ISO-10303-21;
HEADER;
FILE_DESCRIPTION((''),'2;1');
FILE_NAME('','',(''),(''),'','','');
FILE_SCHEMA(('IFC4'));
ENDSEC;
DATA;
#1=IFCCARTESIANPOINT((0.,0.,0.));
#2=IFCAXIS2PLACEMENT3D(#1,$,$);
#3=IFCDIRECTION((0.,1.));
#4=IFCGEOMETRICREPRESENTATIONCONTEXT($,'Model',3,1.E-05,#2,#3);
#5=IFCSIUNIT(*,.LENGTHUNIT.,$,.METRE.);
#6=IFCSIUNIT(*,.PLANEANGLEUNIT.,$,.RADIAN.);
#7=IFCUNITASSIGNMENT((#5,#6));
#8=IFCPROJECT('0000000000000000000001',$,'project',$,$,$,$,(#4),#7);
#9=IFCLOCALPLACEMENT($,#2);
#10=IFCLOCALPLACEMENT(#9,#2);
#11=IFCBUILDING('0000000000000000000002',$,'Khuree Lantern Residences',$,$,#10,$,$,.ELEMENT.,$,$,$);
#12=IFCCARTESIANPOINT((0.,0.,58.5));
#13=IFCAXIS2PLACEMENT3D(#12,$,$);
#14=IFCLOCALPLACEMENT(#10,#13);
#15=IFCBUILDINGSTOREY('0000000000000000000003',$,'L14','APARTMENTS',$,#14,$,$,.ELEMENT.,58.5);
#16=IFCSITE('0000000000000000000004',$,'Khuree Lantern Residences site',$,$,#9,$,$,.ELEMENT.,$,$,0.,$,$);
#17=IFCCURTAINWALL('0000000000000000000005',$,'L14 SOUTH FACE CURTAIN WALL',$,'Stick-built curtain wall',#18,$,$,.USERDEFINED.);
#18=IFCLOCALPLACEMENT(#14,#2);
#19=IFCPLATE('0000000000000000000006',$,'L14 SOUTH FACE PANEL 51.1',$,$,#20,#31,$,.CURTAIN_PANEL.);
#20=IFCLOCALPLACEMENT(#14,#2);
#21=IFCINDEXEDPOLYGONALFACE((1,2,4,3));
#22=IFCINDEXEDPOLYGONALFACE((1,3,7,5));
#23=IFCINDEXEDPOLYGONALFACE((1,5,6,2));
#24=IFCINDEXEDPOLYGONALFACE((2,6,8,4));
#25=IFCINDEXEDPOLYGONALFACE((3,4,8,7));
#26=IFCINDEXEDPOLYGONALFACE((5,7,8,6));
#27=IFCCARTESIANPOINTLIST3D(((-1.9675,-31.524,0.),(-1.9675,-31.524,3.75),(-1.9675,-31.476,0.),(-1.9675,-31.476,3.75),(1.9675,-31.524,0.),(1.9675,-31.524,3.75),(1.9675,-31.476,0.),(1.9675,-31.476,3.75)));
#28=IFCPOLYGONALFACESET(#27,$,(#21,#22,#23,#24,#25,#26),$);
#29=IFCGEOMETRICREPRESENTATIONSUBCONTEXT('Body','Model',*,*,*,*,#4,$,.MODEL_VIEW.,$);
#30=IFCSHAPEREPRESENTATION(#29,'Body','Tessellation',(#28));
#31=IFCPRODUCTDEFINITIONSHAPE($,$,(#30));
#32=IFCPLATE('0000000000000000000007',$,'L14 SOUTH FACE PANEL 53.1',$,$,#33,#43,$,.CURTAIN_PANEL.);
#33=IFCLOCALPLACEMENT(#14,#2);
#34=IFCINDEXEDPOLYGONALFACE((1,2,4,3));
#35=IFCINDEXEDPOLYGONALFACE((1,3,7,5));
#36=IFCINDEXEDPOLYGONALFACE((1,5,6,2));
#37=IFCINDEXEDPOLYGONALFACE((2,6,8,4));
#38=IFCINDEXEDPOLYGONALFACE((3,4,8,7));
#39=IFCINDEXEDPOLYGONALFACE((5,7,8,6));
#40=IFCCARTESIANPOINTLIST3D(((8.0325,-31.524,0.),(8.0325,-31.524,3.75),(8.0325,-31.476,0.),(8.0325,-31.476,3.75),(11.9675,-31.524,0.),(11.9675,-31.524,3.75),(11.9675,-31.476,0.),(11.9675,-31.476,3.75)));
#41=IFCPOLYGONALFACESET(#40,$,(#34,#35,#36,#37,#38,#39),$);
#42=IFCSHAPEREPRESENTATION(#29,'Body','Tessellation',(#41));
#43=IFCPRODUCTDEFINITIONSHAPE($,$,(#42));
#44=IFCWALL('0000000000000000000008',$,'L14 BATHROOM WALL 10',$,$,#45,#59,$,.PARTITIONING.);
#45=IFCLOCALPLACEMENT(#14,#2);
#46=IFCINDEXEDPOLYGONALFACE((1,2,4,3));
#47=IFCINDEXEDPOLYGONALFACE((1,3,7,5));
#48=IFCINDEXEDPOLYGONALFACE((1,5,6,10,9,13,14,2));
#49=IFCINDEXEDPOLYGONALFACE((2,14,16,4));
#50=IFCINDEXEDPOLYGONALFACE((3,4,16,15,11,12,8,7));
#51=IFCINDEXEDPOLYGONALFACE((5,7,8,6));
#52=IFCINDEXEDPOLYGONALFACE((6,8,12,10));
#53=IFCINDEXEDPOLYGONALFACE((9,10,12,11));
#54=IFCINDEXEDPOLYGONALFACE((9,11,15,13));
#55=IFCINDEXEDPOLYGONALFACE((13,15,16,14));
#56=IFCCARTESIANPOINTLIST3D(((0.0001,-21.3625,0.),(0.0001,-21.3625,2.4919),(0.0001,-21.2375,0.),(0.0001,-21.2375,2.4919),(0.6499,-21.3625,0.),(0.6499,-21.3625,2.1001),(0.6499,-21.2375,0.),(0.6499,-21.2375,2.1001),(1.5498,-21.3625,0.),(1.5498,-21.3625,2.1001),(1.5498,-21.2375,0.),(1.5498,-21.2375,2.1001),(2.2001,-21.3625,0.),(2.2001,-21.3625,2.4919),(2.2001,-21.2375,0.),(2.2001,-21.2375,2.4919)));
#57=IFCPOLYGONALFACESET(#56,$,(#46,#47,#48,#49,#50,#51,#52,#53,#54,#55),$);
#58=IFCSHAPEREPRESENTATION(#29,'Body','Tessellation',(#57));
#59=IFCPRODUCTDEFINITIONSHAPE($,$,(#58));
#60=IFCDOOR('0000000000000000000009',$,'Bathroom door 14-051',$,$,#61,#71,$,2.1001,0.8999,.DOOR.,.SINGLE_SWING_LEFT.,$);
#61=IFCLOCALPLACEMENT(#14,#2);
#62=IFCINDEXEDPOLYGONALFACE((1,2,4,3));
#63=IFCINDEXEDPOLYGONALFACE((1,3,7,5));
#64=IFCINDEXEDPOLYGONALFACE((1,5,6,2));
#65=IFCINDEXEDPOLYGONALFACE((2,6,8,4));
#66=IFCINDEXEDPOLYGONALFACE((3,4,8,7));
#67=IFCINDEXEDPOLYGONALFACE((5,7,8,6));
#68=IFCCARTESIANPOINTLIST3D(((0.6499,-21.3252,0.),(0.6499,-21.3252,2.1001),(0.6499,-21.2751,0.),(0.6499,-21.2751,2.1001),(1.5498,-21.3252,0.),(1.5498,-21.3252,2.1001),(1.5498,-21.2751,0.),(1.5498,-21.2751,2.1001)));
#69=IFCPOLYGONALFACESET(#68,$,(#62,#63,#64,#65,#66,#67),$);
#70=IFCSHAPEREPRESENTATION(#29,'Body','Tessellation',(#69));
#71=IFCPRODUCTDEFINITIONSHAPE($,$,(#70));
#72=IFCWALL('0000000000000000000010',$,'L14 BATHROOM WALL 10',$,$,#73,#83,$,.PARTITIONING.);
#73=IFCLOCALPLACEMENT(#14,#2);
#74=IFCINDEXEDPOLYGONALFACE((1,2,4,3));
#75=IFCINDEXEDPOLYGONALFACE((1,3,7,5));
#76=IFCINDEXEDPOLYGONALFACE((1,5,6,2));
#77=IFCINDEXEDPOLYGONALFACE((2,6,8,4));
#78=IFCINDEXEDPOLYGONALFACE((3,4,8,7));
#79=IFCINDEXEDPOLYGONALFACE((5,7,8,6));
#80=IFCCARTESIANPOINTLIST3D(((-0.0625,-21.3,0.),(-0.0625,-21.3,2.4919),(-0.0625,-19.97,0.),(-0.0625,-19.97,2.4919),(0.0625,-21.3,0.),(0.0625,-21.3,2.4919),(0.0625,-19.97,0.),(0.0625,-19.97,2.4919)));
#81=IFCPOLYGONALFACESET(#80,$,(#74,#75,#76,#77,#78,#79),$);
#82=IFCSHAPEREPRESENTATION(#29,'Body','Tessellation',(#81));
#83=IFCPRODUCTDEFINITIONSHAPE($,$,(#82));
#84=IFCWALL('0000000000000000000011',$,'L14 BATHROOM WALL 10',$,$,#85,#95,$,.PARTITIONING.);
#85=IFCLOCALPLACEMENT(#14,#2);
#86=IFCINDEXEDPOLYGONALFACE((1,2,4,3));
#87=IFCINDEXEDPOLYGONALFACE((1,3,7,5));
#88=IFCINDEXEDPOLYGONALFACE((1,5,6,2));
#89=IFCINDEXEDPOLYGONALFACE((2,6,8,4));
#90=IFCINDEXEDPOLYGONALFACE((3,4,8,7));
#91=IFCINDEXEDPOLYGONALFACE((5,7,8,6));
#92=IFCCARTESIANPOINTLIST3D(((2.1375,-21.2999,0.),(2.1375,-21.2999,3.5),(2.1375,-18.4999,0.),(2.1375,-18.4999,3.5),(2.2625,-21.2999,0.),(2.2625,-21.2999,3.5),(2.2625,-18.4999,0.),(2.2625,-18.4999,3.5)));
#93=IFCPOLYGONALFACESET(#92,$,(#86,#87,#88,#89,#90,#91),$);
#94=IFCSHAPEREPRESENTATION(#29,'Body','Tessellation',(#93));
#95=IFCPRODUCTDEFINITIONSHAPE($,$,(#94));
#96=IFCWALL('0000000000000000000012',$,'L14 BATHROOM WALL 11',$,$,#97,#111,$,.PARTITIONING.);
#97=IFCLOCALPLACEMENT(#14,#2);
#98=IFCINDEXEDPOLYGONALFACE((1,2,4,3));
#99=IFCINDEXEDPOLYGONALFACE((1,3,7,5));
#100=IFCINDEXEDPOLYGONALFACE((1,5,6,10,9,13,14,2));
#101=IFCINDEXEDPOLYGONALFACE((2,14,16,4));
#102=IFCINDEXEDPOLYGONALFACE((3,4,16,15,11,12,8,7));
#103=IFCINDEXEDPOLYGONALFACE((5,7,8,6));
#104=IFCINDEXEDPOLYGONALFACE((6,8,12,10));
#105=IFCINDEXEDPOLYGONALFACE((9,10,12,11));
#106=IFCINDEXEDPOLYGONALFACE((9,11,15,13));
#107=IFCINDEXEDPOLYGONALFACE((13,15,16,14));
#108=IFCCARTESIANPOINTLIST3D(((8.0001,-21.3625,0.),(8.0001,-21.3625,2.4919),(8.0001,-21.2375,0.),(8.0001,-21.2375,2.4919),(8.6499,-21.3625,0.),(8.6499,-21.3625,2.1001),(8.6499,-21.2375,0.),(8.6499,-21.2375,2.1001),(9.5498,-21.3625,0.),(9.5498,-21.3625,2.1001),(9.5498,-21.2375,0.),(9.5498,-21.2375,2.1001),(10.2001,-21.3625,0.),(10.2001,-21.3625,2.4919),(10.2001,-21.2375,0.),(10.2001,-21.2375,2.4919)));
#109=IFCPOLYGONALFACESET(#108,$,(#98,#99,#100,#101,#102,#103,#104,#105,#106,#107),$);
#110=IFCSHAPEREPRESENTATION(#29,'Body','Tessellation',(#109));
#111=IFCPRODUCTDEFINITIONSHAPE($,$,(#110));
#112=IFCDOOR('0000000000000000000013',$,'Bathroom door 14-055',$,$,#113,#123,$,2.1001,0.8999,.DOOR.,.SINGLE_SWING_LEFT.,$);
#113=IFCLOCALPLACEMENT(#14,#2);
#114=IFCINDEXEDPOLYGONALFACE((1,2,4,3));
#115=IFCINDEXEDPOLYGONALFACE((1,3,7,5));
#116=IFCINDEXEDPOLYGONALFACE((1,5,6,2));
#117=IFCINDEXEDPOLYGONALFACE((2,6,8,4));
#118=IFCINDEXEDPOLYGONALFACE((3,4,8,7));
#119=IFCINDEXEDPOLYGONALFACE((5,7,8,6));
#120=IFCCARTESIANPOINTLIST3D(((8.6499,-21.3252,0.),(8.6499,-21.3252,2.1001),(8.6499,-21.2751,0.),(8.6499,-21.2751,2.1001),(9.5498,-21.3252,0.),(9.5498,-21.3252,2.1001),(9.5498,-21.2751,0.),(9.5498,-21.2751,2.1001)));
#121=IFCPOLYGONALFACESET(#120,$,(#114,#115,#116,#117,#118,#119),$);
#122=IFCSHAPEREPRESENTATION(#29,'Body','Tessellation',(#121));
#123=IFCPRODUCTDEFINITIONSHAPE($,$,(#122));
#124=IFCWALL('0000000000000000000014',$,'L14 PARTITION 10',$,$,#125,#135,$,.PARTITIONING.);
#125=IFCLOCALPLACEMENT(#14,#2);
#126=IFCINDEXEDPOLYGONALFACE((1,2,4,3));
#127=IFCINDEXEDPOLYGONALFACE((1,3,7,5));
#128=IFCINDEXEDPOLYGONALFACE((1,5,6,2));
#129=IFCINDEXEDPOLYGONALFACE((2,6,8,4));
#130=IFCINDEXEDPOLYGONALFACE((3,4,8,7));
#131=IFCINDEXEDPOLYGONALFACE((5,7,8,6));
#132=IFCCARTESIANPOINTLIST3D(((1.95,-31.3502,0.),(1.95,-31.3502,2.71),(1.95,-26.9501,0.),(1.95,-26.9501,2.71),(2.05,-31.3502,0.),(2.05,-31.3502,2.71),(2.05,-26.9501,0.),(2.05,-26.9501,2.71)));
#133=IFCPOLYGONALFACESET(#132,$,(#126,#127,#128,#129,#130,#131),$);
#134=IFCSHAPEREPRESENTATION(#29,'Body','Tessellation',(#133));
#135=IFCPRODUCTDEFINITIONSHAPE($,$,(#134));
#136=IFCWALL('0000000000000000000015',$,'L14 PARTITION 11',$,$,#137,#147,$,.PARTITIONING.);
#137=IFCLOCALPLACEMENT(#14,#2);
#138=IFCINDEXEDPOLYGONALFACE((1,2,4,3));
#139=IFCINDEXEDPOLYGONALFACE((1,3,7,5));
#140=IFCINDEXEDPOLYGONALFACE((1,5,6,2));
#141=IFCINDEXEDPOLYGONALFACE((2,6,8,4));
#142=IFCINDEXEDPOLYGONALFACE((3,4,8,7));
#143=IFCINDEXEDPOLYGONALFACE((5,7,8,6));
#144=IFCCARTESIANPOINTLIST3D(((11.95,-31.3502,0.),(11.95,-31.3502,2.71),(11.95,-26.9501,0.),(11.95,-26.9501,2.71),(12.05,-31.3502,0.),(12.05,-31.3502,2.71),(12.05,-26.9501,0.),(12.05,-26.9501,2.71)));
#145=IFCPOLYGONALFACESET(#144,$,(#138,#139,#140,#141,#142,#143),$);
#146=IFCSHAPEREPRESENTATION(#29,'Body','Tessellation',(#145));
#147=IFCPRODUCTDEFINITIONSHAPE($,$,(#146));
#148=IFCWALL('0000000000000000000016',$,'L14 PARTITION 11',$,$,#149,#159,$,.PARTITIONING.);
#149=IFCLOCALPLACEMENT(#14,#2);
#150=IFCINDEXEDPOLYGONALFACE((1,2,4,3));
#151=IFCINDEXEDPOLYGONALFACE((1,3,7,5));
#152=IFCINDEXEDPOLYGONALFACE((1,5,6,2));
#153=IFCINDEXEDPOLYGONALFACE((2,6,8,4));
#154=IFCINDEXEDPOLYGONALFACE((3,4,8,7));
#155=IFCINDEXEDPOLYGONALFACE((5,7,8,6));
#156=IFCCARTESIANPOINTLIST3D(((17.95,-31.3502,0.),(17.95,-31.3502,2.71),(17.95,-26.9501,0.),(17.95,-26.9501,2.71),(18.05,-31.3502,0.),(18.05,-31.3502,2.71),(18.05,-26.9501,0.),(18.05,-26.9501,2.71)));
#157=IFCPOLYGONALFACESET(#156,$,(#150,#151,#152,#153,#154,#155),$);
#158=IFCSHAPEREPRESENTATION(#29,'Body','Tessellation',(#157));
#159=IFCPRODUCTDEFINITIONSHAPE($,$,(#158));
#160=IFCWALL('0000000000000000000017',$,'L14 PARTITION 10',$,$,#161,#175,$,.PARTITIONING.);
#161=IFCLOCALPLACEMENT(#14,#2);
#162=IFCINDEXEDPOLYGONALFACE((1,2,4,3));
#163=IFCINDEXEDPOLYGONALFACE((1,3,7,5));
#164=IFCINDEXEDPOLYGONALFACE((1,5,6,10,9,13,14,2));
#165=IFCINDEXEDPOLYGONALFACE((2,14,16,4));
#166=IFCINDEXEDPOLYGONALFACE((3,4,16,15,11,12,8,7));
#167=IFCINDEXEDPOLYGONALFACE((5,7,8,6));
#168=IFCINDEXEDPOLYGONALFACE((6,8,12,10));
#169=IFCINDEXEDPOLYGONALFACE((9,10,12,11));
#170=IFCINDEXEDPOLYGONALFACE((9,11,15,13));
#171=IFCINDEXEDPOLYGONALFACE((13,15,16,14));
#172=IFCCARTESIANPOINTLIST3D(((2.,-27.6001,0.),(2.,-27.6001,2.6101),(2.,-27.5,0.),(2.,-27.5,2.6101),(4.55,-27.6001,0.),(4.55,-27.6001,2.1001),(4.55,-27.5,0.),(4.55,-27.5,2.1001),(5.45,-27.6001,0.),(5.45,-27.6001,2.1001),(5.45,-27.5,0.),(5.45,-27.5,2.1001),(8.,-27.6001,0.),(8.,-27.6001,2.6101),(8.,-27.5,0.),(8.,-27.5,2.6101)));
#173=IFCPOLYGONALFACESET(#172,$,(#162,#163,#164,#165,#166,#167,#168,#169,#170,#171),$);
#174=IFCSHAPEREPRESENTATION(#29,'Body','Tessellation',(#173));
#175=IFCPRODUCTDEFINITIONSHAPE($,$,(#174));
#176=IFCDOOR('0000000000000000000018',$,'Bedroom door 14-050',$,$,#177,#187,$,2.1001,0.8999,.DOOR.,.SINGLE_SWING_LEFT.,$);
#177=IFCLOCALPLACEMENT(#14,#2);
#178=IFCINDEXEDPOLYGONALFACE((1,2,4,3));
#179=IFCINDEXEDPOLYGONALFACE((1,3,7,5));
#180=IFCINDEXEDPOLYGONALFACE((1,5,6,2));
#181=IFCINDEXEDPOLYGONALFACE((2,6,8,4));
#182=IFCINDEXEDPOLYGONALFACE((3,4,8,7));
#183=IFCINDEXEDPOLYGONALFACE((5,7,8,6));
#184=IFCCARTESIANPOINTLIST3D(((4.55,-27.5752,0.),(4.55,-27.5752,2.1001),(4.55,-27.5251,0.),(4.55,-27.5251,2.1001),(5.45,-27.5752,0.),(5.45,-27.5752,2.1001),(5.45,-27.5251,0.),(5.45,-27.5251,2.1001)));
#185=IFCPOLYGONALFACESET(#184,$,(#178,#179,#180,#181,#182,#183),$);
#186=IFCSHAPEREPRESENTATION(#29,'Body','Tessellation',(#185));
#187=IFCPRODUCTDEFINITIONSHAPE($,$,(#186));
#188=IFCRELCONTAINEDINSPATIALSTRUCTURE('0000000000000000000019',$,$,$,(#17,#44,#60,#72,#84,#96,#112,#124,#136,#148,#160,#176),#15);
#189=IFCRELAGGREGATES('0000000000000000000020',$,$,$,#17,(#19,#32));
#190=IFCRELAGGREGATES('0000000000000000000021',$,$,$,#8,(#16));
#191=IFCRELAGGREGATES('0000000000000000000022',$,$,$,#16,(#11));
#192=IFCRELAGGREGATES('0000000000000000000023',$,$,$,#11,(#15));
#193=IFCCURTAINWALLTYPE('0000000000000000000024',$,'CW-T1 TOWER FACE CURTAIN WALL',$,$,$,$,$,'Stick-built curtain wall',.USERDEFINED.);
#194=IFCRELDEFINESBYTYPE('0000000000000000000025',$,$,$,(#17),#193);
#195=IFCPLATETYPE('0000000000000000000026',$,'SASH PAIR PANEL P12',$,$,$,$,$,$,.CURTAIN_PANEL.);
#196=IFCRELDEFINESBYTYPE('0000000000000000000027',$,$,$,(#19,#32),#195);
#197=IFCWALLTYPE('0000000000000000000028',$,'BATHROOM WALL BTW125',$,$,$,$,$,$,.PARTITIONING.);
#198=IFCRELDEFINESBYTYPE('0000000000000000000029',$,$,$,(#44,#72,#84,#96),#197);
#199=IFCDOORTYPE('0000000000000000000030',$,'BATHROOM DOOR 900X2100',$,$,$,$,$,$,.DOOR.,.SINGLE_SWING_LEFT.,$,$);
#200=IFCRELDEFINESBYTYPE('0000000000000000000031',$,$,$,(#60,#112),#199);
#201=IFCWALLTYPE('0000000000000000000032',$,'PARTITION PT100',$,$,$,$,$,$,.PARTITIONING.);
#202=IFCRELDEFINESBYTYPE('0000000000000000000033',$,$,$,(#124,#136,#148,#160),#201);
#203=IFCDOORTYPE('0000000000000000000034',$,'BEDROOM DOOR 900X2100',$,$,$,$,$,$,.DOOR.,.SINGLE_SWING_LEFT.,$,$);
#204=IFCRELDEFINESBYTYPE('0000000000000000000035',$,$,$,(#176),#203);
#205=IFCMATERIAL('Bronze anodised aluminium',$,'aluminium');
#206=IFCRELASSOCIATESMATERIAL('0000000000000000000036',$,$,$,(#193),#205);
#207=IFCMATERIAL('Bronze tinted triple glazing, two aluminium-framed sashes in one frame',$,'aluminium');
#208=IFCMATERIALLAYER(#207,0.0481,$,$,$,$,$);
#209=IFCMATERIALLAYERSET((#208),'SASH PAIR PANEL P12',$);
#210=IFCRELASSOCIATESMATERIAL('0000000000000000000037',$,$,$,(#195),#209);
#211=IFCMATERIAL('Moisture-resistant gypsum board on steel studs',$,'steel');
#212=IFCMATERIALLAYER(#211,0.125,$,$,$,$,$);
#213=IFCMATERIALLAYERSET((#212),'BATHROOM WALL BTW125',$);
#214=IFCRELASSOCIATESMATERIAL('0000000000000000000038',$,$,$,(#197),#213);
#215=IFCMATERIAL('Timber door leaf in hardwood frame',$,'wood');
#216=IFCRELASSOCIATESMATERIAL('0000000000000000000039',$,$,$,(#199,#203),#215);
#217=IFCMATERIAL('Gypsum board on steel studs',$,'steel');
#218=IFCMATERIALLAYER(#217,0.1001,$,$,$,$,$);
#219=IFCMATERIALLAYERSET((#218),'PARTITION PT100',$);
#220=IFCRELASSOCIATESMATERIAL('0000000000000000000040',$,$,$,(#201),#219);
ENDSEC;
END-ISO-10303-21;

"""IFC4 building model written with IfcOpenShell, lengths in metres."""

from ifc_helpers import new_model, si_unit, direction, frame, frame_2d, origin, origin_2d, place, context, subcontext, project, spatial, rectangle, extrude, material, layer, layer_set, type_object, element, fill, aggregate, save


model = new_model("IFC4")

# Units and contexts
model_context = context("Model", 3, precision=1e-05, world=origin(), true_north=direction((0.0, 1.0)))
body_context = subcontext(model_context, "Body", "Model", "MODEL_VIEW")
ifc_project = project(units=[si_unit("LENGTHUNIT", "METRE"), si_unit("PLANEANGLEUNIT", "RADIAN")], contexts=[model_context])

# Site, building, storey
site_placement = place(None, origin())
site = spatial("IfcSite", under=ifc_project, at=site_placement, Name="Khuree Lantern Residences site", CompositionType="ELEMENT", RefElevation=0.0)
building_placement = place(site_placement, origin())
building = spatial("IfcBuilding", under=site, at=building_placement, Name="Khuree Lantern Residences", CompositionType="ELEMENT")
storey_placement = place(building_placement, frame((0.0, 0.0, 58.5)))
storey = spatial("IfcBuildingStorey", under=building, at=storey_placement, Name="L14", Description="APARTMENTS", CompositionType="ELEMENT", Elevation=58.5)

# Curtain wall
ifc_material_1 = material(Name="Bronze anodised aluminium", Category="aluminium")
curtain_wall_type = type_object("IfcCurtainWallType", Name="CW-T1 TOWER FACE CURTAIN WALL", ElementType="Stick-built curtain wall", PredefinedType="USERDEFINED", material=ifc_material_1)
curtain_wall_placement = place(storey_placement, origin())
curtain_wall = element("IfcCurtainWall", 1, at=curtain_wall_placement, inside=storey, type_object=curtain_wall_type, Name="L14 SOUTH FACE CURTAIN WALL", ObjectType="Stick-built curtain wall", PredefinedType="USERDEFINED")

# Plates
ifc_material_2 = material(Name="Bronze tinted triple glazing, two aluminium-framed sashes in one frame", Category="aluminium")
ifc_layer_1 = layer(ifc_material_2, 0.0481)
ifc_layer_set_1 = layer_set([ifc_layer_1], Name="SASH PAIR PANEL P12")
plate_type_1 = type_object("IfcPlateType", Name="SASH PAIR PANEL P12", PredefinedType="CURTAIN_PANEL", material=ifc_layer_set_1)
plate_1_placement = place(storey_placement, frame((0.0, -31.5, 0.0), z_axis=(0.0, 0.0, 1.0), x_axis=(1.0, 0.0, 0.0)))
plate_1 = element("IfcPlate", 2, at=plate_1_placement, type_object=plate_type_1, Name="L14 SOUTH FACE PANEL 51.1", PredefinedType="CURTAIN_PANEL", context=body_context, shape_type="SweptSolid", body=[
    extrude(rectangle(XDim=3.9351, YDim=0.0481, at=origin_2d()), origin(), (0.0, 0.0, 1.0), 3.75),
])
plate_2_placement = place(storey_placement, frame((10.0, -31.5, 0.0), z_axis=(0.0, 0.0, 1.0), x_axis=(1.0, 0.0, 0.0)))
plate_2 = element("IfcPlate", 3, at=plate_2_placement, type_object=plate_type_1, Name="L14 SOUTH FACE PANEL 53.1", PredefinedType="CURTAIN_PANEL", context=body_context, shape_type="SweptSolid", body=[
    extrude(rectangle(XDim=3.9351, YDim=0.0481, at=origin_2d()), origin(), (0.0, 0.0, 1.0), 3.75),
])
aggregate(curtain_wall, [plate_1, plate_2])

# Wall, opening, door
ifc_material_3 = material(Name="Moisture-resistant gypsum board on steel studs", Category="steel")
ifc_layer_2 = layer(ifc_material_3, 0.125)
ifc_layer_set_2 = layer_set([ifc_layer_2], Name="BATHROOM WALL BTW125")
wall_type_1 = type_object("IfcWallType", Name="BATHROOM WALL BTW125", PredefinedType="PARTITIONING", material=ifc_layer_set_2)
wall_1_placement = place(storey_placement, frame((0.0, -21.3, 0.0), z_axis=(0.0, 0.0, 1.0), x_axis=(1.0, 0.0, 0.0)))
wall_1 = element("IfcWall", 4, at=wall_1_placement, inside=storey, type_object=wall_type_1, Name="L14 BATHROOM WALL 10", PredefinedType="PARTITIONING", context=body_context, shape_type="SweptSolid", body=[
    extrude(rectangle(XDim=2.2, YDim=0.125, at=frame_2d((1.1001, 0.0))), origin(), (0.0, 0.0, 1.0), 2.4919),
])
opening_1_placement = place(wall_1_placement, frame((0.6499, 0.0, 0.0)))
opening_1 = element("IfcOpeningElement", 5, at=opening_1_placement, cuts=wall_1, PredefinedType="OPENING", context=body_context, shape_type="SweptSolid", body=[
    extrude(rectangle(XDim=0.8999, YDim=2.1001, at=frame_2d((0.45, 1.05))), frame((0.0, 0.0725, 0.0), z_axis=(0.0, -1.0, 0.0), x_axis=(1.0, 0.0, 0.0)), (0.0, 0.0, 1.0), 0.145),
])
ifc_material_4 = material(Name="Timber door leaf in hardwood frame", Category="wood")
door_type_1 = type_object("IfcDoorType", Name="BATHROOM DOOR 900X2100", OperationType="SINGLE_SWING_LEFT", PredefinedType="DOOR", material=ifc_material_4)
door_1_placement = place(opening_1_placement, origin())
door_1 = element("IfcDoor", 6, at=door_1_placement, inside=storey, type_object=door_type_1, Name="Bathroom door 14-051", OperationType="SINGLE_SWING_LEFT", OverallHeight=2.1001, OverallWidth=0.8999, PredefinedType="DOOR", context=body_context, shape_type="SweptSolid", body=[
    extrude(rectangle(XDim=0.8999, YDim=2.1001, at=frame_2d((0.45, 1.05))), frame((0.0, 0.0249, 0.0), z_axis=(0.0, -1.0, 0.0), x_axis=(1.0, 0.0, 0.0)), (0.0, 0.0, 1.0), 0.05),
])
fill(opening_1, door_1)

# Walls
wall_2_placement = place(storey_placement, frame((0.0, -19.97, 0.0), z_axis=(0.0, 0.0, 1.0), x_axis=(0.0, -1.0, 0.0)))
element("IfcWall", 7, at=wall_2_placement, inside=storey, type_object=wall_type_1, Name="L14 BATHROOM WALL 10", PredefinedType="PARTITIONING", context=body_context, shape_type="SweptSolid", body=[
    extrude(rectangle(XDim=1.3301, YDim=0.125, at=frame_2d((0.665, 0.0))), origin(), (0.0, 0.0, 1.0), 2.4919),
])
wall_3_placement = place(storey_placement, frame((2.2, -18.5, 0.0), z_axis=(0.0, 0.0, 1.0), x_axis=(0.0, -1.0, 0.0)))
element("IfcWall", 8, at=wall_3_placement, inside=storey, type_object=wall_type_1, Name="L14 BATHROOM WALL 10", PredefinedType="PARTITIONING", context=body_context, shape_type="SweptSolid", body=[
    extrude(rectangle(XDim=2.8, YDim=0.125, at=frame_2d((1.3999, 0.0))), origin(), (0.0, 0.0, 1.0), 3.5),
])

# Wall, opening, door
wall_4_placement = place(storey_placement, frame((8.0, -21.3, 0.0), z_axis=(0.0, 0.0, 1.0), x_axis=(1.0, 0.0, 0.0)))
wall_4 = element("IfcWall", 9, at=wall_4_placement, inside=storey, type_object=wall_type_1, Name="L14 BATHROOM WALL 11", PredefinedType="PARTITIONING", context=body_context, shape_type="SweptSolid", body=[
    extrude(rectangle(XDim=2.2, YDim=0.125, at=frame_2d((1.1001, 0.0))), origin(), (0.0, 0.0, 1.0), 2.4919),
])
opening_2_placement = place(wall_4_placement, frame((0.6499, 0.0, 0.0)))
opening_2 = element("IfcOpeningElement", 10, at=opening_2_placement, cuts=wall_4, PredefinedType="OPENING", context=body_context, shape_type="SweptSolid", body=[
    extrude(rectangle(XDim=0.8999, YDim=2.1001, at=frame_2d((0.45, 1.05))), frame((0.0, 0.0725, 0.0), z_axis=(0.0, -1.0, 0.0), x_axis=(1.0, 0.0, 0.0)), (0.0, 0.0, 1.0), 0.145),
])
door_2_placement = place(opening_2_placement, origin())
door_2 = element("IfcDoor", 11, at=door_2_placement, inside=storey, type_object=door_type_1, Name="Bathroom door 14-055", OperationType="SINGLE_SWING_LEFT", OverallHeight=2.1001, OverallWidth=0.8999, PredefinedType="DOOR", context=body_context, shape_type="SweptSolid", body=[
    extrude(rectangle(XDim=0.8999, YDim=2.1001, at=frame_2d((0.45, 1.05))), frame((0.0, 0.0249, 0.0), z_axis=(0.0, -1.0, 0.0), x_axis=(1.0, 0.0, 0.0)), (0.0, 0.0, 1.0), 0.05),
])
fill(opening_2, door_2)

# Walls
ifc_material_5 = material(Name="Gypsum board on steel studs", Category="steel")
ifc_layer_3 = layer(ifc_material_5, 0.1001)
ifc_layer_set_3 = layer_set([ifc_layer_3], Name="PARTITION PT100")
wall_type_2 = type_object("IfcWallType", Name="PARTITION PT100", PredefinedType="PARTITIONING", material=ifc_layer_set_3)
for number, where, z_axis, x_axis, name in (
    (12, (2.0, -26.95, 0.0), (0.0, 0.0, 1.0), (0.0, -1.0, 0.0), "L14 PARTITION 10"),
    (13, (12.0, -26.95, 0.0), (0.0, 0.0, 1.0), (0.0, -1.0, 0.0), "L14 PARTITION 11"),
    (14, (18.0, -26.95, 0.0), (0.0, 0.0, 1.0), (0.0, -1.0, 0.0), "L14 PARTITION 11"),
):
    element("IfcWall", number, at=place(storey_placement, frame(where, z_axis=z_axis, x_axis=x_axis)), inside=storey, type_object=wall_type_2, Name=name, PredefinedType="PARTITIONING", context=body_context, shape_type="SweptSolid", body=[
        extrude(rectangle(XDim=4.4001, YDim=0.1001, at=frame_2d((2.2002, 0.0))), origin(), (0.0, 0.0, 1.0), 2.71),
    ])

# Wall, opening, door
wall_5_placement = place(storey_placement, frame((2.0, -27.55, 0.0), z_axis=(0.0, 0.0, 1.0), x_axis=(1.0, 0.0, 0.0)))
wall_5 = element("IfcWall", 15, at=wall_5_placement, inside=storey, type_object=wall_type_2, Name="L14 PARTITION 10", PredefinedType="PARTITIONING", context=body_context, shape_type="SweptSolid", body=[
    extrude(rectangle(XDim=6.0, YDim=0.1001, at=frame_2d((3.0, 0.0))), origin(), (0.0, 0.0, 1.0), 2.6101),
])
opening_3_placement = place(wall_5_placement, frame((2.55, 0.0, 0.0)))
opening_3 = element("IfcOpeningElement", 16, at=opening_3_placement, cuts=wall_5, PredefinedType="OPENING", context=body_context, shape_type="SweptSolid", body=[
    extrude(rectangle(XDim=0.8999, YDim=2.1001, at=frame_2d((0.45, 1.05))), frame((0.0, 0.0601, 0.0), z_axis=(0.0, -1.0, 0.0), x_axis=(1.0, 0.0, 0.0)), (0.0, 0.0, 1.0), 0.1201),
])
door_type_2 = type_object("IfcDoorType", Name="BEDROOM DOOR 900X2100", OperationType="SINGLE_SWING_LEFT", PredefinedType="DOOR", material=ifc_material_4)
door_3_placement = place(opening_3_placement, origin())
door_3 = element("IfcDoor", 17, at=door_3_placement, inside=storey, type_object=door_type_2, Name="Bedroom door 14-050", OperationType="SINGLE_SWING_LEFT", OverallHeight=2.1001, OverallWidth=0.8999, PredefinedType="DOOR", context=body_context, shape_type="SweptSolid", body=[
    extrude(rectangle(XDim=0.8999, YDim=2.1001, at=frame_2d((0.45, 1.05))), frame((0.0, 0.0249, 0.0), z_axis=(0.0, -1.0, 0.0), x_axis=(1.0, 0.0, 0.0)), (0.0, 0.0, 1.0), 0.05),
])
fill(opening_3, door_3)

save(model, "model.ifc")
